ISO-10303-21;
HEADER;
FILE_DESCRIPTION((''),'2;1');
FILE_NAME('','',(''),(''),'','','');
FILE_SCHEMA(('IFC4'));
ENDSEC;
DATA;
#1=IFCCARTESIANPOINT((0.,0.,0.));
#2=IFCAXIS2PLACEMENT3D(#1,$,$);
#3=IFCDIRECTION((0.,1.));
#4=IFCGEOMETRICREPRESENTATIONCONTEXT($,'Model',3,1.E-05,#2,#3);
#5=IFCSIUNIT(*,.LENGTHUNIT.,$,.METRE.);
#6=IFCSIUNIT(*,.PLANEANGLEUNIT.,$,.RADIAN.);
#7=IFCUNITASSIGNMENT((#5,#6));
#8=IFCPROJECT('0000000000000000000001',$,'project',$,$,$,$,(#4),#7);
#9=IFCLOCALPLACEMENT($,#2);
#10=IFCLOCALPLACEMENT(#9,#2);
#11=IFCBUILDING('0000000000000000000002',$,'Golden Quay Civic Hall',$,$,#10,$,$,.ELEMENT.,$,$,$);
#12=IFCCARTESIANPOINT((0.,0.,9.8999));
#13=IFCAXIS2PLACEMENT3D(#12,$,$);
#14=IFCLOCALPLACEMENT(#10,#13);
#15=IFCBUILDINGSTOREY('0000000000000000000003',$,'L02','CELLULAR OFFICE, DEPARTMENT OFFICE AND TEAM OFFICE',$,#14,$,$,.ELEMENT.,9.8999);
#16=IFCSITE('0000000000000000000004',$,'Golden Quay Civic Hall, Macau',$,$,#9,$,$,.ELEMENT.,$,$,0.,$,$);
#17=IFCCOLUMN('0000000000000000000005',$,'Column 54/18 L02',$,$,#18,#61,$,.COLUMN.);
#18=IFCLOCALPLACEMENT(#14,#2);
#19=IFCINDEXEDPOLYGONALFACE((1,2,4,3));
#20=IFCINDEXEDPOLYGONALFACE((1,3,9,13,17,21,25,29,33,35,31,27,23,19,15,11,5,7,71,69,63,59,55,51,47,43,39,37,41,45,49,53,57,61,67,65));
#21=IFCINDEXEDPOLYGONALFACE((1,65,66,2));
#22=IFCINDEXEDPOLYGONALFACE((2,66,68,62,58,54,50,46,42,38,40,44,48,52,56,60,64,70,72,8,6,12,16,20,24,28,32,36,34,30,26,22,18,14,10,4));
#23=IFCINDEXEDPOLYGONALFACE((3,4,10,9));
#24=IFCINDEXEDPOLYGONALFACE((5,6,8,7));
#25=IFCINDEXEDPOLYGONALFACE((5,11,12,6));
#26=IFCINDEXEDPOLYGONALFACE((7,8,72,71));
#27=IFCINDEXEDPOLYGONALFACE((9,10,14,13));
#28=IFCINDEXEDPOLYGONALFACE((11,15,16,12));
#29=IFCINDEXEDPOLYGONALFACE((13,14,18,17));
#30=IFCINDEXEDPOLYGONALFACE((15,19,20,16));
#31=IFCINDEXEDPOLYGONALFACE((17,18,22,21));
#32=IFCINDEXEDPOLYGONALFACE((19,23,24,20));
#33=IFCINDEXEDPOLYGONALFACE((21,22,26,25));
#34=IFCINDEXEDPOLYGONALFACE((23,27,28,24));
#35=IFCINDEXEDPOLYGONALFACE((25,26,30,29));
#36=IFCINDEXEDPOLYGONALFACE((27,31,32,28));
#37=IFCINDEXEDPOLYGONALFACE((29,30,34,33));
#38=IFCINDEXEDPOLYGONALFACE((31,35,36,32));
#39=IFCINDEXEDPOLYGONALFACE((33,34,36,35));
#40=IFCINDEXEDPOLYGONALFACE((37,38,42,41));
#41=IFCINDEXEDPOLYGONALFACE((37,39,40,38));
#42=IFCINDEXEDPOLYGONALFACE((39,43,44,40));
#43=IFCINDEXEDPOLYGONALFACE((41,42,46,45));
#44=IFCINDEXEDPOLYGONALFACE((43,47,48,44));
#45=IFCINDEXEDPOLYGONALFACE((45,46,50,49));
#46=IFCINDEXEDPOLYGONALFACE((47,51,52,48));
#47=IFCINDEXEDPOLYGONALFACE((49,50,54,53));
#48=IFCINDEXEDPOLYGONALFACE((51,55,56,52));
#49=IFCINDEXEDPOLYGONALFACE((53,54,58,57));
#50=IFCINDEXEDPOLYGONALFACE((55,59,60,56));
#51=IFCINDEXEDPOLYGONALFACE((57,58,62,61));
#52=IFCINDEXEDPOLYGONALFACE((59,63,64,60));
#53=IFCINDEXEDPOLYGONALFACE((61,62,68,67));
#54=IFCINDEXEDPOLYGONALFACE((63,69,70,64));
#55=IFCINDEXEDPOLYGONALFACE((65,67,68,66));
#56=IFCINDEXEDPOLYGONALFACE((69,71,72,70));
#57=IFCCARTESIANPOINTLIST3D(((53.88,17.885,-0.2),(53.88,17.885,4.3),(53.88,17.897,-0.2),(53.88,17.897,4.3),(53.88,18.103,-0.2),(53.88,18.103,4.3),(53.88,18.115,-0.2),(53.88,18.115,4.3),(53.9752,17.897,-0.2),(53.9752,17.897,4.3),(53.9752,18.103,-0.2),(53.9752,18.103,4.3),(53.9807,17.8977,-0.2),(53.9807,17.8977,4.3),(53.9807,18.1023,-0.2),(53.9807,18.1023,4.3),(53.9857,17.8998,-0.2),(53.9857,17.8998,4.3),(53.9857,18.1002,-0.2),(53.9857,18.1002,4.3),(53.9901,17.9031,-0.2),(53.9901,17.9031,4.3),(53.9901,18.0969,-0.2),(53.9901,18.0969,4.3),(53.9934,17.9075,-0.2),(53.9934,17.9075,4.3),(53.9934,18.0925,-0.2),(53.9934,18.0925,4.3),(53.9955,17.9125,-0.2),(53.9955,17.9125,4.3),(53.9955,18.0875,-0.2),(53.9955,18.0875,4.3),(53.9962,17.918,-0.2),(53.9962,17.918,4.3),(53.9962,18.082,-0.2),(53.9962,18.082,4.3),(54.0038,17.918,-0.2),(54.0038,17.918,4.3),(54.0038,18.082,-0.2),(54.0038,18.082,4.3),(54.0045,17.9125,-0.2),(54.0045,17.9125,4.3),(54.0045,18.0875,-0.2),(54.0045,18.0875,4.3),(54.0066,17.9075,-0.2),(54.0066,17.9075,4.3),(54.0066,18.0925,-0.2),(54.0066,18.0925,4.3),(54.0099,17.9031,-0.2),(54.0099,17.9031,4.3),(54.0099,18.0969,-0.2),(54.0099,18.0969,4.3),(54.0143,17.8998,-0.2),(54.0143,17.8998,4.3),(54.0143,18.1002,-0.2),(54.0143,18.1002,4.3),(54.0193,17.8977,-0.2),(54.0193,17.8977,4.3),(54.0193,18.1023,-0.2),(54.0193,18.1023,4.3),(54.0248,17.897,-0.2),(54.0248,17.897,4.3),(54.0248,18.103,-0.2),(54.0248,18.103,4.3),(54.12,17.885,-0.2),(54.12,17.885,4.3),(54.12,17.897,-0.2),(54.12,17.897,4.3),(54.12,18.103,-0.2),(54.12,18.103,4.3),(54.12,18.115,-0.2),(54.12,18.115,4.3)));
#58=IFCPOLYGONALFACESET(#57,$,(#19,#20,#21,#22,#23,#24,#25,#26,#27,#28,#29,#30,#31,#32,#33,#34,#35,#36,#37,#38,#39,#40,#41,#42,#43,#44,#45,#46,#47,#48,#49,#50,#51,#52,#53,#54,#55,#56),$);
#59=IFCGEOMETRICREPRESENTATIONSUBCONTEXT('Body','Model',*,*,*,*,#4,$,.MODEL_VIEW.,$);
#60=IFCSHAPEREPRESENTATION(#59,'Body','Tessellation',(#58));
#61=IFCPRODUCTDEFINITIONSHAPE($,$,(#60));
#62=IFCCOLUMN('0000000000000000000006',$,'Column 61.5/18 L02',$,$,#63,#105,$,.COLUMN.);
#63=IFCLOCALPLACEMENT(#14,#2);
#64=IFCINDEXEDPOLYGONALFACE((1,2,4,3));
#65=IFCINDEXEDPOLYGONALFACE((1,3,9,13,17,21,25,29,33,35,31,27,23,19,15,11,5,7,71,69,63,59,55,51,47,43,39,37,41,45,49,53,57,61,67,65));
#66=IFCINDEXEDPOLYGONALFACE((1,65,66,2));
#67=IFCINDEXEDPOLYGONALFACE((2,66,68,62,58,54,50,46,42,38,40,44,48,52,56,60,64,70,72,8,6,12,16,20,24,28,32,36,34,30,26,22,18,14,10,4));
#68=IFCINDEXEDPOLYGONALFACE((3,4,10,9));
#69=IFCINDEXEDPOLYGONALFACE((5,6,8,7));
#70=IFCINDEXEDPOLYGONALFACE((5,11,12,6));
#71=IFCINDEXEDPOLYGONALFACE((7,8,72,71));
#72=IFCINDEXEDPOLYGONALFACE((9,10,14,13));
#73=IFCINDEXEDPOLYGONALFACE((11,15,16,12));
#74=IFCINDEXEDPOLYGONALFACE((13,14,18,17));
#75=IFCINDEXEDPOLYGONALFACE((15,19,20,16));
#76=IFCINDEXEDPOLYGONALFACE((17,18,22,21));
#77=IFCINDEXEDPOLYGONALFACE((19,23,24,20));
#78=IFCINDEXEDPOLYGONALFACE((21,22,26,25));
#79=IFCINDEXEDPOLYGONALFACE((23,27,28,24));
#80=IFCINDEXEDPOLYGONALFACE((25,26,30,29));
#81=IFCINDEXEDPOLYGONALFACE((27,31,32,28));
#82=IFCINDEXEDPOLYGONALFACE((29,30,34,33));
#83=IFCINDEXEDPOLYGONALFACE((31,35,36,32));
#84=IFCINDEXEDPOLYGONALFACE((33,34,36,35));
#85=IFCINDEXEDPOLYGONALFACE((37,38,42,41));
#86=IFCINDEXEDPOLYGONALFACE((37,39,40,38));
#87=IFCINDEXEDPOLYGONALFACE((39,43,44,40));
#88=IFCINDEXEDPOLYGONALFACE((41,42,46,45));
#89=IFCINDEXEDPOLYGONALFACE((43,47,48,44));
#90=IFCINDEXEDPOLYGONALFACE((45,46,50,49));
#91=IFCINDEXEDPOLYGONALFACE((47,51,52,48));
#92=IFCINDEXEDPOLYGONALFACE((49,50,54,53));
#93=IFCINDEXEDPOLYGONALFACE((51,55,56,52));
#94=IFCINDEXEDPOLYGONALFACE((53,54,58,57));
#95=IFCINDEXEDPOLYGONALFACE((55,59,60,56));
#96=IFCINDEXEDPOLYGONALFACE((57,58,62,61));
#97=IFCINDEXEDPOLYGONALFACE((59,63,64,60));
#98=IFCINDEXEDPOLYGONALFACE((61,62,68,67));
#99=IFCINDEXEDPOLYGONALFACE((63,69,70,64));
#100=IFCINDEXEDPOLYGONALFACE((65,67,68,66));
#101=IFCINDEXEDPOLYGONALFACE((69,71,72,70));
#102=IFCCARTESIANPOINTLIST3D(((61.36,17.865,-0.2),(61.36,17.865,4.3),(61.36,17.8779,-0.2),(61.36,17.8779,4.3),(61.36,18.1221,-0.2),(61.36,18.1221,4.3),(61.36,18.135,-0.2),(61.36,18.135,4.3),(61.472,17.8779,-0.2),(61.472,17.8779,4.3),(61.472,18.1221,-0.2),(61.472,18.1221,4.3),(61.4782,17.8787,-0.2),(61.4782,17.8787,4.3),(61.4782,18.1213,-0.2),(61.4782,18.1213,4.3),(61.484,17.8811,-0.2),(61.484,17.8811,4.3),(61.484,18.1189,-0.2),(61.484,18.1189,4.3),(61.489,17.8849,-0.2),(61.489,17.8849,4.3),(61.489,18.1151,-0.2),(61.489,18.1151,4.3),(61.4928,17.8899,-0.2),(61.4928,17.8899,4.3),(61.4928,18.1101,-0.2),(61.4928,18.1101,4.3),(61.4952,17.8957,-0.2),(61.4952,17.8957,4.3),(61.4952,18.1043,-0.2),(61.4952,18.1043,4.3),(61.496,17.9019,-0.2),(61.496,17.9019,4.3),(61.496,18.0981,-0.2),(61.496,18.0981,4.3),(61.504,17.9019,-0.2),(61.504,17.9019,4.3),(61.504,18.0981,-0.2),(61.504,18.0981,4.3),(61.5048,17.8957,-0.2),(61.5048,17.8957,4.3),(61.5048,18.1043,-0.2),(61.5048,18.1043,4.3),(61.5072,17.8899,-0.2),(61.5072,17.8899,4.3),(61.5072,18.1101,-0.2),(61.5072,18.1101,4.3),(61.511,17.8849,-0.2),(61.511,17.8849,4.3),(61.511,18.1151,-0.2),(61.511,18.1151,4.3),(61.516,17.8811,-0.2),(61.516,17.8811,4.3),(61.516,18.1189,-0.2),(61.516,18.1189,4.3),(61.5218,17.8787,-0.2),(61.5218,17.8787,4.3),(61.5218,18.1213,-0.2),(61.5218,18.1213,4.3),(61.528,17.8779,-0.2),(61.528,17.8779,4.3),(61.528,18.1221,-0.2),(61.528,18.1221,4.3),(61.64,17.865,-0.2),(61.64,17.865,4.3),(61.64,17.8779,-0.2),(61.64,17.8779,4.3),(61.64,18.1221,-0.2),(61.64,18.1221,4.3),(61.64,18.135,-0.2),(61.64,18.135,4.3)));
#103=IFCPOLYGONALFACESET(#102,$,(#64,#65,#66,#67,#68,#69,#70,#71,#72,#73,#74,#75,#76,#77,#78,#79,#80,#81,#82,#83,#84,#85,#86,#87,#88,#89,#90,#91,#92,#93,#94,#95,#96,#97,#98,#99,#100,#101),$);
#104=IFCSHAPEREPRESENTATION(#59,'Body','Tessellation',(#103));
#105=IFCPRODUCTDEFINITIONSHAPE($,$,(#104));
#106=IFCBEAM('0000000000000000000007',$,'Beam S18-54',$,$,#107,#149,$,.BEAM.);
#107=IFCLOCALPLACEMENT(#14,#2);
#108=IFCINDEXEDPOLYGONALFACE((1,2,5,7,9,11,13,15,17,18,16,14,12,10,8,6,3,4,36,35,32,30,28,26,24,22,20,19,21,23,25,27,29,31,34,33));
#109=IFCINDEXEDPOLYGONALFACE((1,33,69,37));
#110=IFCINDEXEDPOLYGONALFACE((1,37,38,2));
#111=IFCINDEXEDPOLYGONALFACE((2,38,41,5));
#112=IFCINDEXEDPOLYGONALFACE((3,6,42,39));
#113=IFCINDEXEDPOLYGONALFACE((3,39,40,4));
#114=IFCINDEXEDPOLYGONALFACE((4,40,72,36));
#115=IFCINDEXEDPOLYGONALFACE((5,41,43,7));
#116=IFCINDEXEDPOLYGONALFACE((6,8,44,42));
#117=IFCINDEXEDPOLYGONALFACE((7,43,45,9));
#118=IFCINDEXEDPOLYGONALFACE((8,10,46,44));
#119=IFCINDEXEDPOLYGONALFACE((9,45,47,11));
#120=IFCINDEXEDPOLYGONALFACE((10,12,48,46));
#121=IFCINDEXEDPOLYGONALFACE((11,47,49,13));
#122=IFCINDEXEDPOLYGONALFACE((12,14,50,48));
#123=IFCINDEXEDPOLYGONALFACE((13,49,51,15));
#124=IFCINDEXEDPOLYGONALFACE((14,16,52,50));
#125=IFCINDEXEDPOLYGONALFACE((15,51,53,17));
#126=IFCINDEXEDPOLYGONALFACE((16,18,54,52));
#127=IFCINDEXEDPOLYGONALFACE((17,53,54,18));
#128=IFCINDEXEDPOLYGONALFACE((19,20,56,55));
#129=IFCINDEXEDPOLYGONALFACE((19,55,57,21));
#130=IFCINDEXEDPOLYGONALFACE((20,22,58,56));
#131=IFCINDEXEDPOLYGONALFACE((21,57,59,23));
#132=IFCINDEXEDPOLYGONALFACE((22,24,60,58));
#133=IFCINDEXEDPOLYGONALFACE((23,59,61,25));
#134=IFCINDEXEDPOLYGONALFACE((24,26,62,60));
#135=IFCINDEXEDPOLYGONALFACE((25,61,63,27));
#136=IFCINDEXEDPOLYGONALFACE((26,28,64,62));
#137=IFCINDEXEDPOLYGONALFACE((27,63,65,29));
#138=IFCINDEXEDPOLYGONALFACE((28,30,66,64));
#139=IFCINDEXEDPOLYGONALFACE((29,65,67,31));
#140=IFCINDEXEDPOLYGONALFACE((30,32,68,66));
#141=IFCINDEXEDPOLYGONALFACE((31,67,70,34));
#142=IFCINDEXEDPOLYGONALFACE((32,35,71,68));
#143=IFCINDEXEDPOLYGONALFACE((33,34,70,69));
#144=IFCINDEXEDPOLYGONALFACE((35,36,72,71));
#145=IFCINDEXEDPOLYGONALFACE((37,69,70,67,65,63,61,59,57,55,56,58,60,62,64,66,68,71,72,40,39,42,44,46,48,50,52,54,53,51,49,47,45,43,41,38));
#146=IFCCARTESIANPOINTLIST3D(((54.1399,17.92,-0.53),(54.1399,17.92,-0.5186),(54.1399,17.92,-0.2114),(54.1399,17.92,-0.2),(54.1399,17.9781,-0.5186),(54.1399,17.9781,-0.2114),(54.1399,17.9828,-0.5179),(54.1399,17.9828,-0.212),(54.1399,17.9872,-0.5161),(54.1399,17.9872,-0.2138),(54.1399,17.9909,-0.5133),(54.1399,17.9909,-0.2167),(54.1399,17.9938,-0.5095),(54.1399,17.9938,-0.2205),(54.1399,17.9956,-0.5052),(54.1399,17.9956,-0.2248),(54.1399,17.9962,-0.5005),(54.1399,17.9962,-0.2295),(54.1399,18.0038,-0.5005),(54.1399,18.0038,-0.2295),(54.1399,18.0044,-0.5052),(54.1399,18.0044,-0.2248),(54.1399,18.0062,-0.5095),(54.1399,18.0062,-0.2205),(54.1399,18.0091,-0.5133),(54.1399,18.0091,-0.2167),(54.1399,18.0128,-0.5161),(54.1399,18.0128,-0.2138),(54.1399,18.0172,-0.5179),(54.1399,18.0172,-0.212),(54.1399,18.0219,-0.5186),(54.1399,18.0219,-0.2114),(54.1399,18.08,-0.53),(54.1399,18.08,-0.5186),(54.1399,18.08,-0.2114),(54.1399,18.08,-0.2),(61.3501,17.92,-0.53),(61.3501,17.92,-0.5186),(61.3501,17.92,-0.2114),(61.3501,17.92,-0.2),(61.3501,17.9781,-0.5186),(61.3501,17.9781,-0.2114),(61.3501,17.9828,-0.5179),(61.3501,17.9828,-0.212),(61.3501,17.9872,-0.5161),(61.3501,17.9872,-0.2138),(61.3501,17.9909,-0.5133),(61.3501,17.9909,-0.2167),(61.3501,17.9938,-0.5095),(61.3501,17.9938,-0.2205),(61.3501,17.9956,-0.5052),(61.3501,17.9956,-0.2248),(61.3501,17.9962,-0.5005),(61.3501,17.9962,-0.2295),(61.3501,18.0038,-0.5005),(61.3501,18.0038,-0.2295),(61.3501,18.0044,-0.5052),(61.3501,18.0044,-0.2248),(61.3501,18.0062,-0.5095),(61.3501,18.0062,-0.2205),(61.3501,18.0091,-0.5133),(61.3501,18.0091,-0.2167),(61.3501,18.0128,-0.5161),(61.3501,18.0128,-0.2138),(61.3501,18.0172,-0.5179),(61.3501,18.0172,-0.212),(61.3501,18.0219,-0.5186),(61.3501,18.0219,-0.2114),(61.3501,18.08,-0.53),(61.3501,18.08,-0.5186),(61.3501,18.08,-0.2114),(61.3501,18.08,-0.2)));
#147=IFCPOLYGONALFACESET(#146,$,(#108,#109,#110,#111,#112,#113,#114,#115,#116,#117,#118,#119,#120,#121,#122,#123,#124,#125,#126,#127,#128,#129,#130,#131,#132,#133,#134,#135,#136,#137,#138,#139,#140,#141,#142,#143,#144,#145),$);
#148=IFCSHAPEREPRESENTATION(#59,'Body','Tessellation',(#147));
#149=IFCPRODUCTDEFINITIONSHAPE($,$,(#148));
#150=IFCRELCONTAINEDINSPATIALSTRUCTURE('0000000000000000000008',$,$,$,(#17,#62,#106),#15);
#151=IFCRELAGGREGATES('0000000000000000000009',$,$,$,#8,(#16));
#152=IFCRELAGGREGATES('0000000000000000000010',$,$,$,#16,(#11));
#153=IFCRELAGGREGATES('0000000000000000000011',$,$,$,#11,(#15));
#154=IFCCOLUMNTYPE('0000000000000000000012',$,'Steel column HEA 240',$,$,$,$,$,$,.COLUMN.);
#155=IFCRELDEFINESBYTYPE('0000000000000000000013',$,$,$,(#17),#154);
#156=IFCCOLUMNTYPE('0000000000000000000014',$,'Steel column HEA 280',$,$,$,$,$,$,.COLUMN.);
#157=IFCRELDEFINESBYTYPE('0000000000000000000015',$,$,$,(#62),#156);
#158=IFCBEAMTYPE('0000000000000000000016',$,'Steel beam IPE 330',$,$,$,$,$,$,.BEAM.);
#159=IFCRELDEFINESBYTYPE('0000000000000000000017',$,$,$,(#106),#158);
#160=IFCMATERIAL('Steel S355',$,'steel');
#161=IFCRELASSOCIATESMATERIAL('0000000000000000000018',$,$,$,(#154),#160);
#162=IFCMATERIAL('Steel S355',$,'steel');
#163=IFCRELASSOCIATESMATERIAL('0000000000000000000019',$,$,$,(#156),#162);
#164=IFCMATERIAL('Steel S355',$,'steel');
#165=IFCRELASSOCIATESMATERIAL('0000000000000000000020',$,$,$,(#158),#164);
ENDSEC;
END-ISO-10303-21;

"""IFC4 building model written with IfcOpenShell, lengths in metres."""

from ifc_helpers import new_model, si_unit, direction, frame, origin, origin_2d, place, context, subcontext, project, spatial, i_section, extrude, material, material_profile, profile_set, type_object, element, save


model = new_model("IFC4")

# Units and contexts
model_context = context("Model", 3, precision=1e-05, world=origin(), true_north=direction((0.0, 1.0)))
body_context = subcontext(model_context, "Body", "Model", "MODEL_VIEW")
ifc_project = project(units=[si_unit("LENGTHUNIT", "METRE"), si_unit("PLANEANGLEUNIT", "RADIAN")], contexts=[model_context])

# Site, building, storey
site_placement = place(None, origin())
site = spatial("IfcSite", under=ifc_project, at=site_placement, Name="Golden Quay Civic Hall, Macau", CompositionType="ELEMENT", RefElevation=0.0)
building_placement = place(site_placement, origin())
building = spatial("IfcBuilding", under=site, at=building_placement, Name="Golden Quay Civic Hall", CompositionType="ELEMENT")
storey_placement = place(building_placement, frame((0.0, 0.0, 9.8999)))
storey = spatial("IfcBuildingStorey", under=building, at=storey_placement, Name="L02", Description="CELLULAR OFFICE, DEPARTMENT OFFICE AND TEAM OFFICE", CompositionType="ELEMENT", Elevation=9.8999)

# Columns
ifc_material_1 = material(Name="Steel S355", Category="steel")
ifc_material_profile_1 = material_profile(ifc_material_1, i_section(OverallWidth=0.24, OverallDepth=0.23, WebThickness=0.0076, FlangeThickness=0.012, FilletRadius=0.021, at=origin_2d()), Name="HEA 240")
ifc_profile_set_1 = profile_set([ifc_material_profile_1], Name="Steel S355")
column_type_1 = type_object("IfcColumnType", Name="Steel column HEA 240", PredefinedType="COLUMN", material=ifc_profile_set_1)
column_1_placement = place(storey_placement, frame((54.0, 18.0, -0.2), z_axis=(0.0, 0.0, 1.0), x_axis=(1.0, 0.0, 0.0)))
element("IfcColumn", 1, at=column_1_placement, inside=storey, type_object=column_type_1, Name="Column 54/18 L02", PredefinedType="COLUMN", context=body_context, shape_type="SweptSolid", body=[
    extrude(i_section(OverallWidth=0.24, OverallDepth=0.23, WebThickness=0.0076, FlangeThickness=0.012, FilletRadius=0.021, at=origin_2d()), origin(), (0.0, 0.0, 1.0), 4.5),
])
ifc_material_2 = material(Name="Steel S355", Category="steel")
ifc_material_profile_2 = material_profile(ifc_material_2, i_section(OverallWidth=0.28, OverallDepth=0.27, WebThickness=0.0081, FlangeThickness=0.0129, FilletRadius=0.0239, at=origin_2d()), Name="HEA 280")
ifc_profile_set_2 = profile_set([ifc_material_profile_2], Name="Steel S355")
column_type_2 = type_object("IfcColumnType", Name="Steel column HEA 280", PredefinedType="COLUMN", material=ifc_profile_set_2)
column_2_placement = place(storey_placement, frame((61.5, 18.0, -0.2), z_axis=(0.0, 0.0, 1.0), x_axis=(1.0, 0.0, 0.0)))
element("IfcColumn", 2, at=column_2_placement, inside=storey, type_object=column_type_2, Name="Column 61.5/18 L02", PredefinedType="COLUMN", context=body_context, shape_type="SweptSolid", body=[
    extrude(i_section(OverallWidth=0.28, OverallDepth=0.27, WebThickness=0.0081, FlangeThickness=0.0129, FilletRadius=0.0239, at=origin_2d()), origin(), (0.0, 0.0, 1.0), 4.5),
])

# Beam
ifc_material_3 = material(Name="Steel S355", Category="steel")
ifc_material_profile_3 = material_profile(ifc_material_3, i_section(OverallWidth=0.1599, OverallDepth=0.3301, WebThickness=0.0076, FlangeThickness=0.0115, FilletRadius=0.0181, at=origin_2d()), Name="IPE 330")
ifc_profile_set_3 = profile_set([ifc_material_profile_3], Name="Steel S355")
beam_type_1 = type_object("IfcBeamType", Name="Steel beam IPE 330", PredefinedType="BEAM", material=ifc_profile_set_3)
beam_1_placement = place(storey_placement, frame((54.1399, 18.0, -0.365), z_axis=(1.0, 0.0, 0.0), x_axis=(0.0, 1.0, 0.0)))
element("IfcBeam", 3, at=beam_1_placement, inside=storey, type_object=beam_type_1, Name="Beam S18-54", PredefinedType="BEAM", context=body_context, shape_type="SweptSolid", body=[
    extrude(i_section(OverallWidth=0.1599, OverallDepth=0.3301, WebThickness=0.0076, FlangeThickness=0.0115, FilletRadius=0.0181, at=origin_2d()), origin(), (0.0, 0.0, 1.0), 7.2102),
])

save(model, "model.ifc")
